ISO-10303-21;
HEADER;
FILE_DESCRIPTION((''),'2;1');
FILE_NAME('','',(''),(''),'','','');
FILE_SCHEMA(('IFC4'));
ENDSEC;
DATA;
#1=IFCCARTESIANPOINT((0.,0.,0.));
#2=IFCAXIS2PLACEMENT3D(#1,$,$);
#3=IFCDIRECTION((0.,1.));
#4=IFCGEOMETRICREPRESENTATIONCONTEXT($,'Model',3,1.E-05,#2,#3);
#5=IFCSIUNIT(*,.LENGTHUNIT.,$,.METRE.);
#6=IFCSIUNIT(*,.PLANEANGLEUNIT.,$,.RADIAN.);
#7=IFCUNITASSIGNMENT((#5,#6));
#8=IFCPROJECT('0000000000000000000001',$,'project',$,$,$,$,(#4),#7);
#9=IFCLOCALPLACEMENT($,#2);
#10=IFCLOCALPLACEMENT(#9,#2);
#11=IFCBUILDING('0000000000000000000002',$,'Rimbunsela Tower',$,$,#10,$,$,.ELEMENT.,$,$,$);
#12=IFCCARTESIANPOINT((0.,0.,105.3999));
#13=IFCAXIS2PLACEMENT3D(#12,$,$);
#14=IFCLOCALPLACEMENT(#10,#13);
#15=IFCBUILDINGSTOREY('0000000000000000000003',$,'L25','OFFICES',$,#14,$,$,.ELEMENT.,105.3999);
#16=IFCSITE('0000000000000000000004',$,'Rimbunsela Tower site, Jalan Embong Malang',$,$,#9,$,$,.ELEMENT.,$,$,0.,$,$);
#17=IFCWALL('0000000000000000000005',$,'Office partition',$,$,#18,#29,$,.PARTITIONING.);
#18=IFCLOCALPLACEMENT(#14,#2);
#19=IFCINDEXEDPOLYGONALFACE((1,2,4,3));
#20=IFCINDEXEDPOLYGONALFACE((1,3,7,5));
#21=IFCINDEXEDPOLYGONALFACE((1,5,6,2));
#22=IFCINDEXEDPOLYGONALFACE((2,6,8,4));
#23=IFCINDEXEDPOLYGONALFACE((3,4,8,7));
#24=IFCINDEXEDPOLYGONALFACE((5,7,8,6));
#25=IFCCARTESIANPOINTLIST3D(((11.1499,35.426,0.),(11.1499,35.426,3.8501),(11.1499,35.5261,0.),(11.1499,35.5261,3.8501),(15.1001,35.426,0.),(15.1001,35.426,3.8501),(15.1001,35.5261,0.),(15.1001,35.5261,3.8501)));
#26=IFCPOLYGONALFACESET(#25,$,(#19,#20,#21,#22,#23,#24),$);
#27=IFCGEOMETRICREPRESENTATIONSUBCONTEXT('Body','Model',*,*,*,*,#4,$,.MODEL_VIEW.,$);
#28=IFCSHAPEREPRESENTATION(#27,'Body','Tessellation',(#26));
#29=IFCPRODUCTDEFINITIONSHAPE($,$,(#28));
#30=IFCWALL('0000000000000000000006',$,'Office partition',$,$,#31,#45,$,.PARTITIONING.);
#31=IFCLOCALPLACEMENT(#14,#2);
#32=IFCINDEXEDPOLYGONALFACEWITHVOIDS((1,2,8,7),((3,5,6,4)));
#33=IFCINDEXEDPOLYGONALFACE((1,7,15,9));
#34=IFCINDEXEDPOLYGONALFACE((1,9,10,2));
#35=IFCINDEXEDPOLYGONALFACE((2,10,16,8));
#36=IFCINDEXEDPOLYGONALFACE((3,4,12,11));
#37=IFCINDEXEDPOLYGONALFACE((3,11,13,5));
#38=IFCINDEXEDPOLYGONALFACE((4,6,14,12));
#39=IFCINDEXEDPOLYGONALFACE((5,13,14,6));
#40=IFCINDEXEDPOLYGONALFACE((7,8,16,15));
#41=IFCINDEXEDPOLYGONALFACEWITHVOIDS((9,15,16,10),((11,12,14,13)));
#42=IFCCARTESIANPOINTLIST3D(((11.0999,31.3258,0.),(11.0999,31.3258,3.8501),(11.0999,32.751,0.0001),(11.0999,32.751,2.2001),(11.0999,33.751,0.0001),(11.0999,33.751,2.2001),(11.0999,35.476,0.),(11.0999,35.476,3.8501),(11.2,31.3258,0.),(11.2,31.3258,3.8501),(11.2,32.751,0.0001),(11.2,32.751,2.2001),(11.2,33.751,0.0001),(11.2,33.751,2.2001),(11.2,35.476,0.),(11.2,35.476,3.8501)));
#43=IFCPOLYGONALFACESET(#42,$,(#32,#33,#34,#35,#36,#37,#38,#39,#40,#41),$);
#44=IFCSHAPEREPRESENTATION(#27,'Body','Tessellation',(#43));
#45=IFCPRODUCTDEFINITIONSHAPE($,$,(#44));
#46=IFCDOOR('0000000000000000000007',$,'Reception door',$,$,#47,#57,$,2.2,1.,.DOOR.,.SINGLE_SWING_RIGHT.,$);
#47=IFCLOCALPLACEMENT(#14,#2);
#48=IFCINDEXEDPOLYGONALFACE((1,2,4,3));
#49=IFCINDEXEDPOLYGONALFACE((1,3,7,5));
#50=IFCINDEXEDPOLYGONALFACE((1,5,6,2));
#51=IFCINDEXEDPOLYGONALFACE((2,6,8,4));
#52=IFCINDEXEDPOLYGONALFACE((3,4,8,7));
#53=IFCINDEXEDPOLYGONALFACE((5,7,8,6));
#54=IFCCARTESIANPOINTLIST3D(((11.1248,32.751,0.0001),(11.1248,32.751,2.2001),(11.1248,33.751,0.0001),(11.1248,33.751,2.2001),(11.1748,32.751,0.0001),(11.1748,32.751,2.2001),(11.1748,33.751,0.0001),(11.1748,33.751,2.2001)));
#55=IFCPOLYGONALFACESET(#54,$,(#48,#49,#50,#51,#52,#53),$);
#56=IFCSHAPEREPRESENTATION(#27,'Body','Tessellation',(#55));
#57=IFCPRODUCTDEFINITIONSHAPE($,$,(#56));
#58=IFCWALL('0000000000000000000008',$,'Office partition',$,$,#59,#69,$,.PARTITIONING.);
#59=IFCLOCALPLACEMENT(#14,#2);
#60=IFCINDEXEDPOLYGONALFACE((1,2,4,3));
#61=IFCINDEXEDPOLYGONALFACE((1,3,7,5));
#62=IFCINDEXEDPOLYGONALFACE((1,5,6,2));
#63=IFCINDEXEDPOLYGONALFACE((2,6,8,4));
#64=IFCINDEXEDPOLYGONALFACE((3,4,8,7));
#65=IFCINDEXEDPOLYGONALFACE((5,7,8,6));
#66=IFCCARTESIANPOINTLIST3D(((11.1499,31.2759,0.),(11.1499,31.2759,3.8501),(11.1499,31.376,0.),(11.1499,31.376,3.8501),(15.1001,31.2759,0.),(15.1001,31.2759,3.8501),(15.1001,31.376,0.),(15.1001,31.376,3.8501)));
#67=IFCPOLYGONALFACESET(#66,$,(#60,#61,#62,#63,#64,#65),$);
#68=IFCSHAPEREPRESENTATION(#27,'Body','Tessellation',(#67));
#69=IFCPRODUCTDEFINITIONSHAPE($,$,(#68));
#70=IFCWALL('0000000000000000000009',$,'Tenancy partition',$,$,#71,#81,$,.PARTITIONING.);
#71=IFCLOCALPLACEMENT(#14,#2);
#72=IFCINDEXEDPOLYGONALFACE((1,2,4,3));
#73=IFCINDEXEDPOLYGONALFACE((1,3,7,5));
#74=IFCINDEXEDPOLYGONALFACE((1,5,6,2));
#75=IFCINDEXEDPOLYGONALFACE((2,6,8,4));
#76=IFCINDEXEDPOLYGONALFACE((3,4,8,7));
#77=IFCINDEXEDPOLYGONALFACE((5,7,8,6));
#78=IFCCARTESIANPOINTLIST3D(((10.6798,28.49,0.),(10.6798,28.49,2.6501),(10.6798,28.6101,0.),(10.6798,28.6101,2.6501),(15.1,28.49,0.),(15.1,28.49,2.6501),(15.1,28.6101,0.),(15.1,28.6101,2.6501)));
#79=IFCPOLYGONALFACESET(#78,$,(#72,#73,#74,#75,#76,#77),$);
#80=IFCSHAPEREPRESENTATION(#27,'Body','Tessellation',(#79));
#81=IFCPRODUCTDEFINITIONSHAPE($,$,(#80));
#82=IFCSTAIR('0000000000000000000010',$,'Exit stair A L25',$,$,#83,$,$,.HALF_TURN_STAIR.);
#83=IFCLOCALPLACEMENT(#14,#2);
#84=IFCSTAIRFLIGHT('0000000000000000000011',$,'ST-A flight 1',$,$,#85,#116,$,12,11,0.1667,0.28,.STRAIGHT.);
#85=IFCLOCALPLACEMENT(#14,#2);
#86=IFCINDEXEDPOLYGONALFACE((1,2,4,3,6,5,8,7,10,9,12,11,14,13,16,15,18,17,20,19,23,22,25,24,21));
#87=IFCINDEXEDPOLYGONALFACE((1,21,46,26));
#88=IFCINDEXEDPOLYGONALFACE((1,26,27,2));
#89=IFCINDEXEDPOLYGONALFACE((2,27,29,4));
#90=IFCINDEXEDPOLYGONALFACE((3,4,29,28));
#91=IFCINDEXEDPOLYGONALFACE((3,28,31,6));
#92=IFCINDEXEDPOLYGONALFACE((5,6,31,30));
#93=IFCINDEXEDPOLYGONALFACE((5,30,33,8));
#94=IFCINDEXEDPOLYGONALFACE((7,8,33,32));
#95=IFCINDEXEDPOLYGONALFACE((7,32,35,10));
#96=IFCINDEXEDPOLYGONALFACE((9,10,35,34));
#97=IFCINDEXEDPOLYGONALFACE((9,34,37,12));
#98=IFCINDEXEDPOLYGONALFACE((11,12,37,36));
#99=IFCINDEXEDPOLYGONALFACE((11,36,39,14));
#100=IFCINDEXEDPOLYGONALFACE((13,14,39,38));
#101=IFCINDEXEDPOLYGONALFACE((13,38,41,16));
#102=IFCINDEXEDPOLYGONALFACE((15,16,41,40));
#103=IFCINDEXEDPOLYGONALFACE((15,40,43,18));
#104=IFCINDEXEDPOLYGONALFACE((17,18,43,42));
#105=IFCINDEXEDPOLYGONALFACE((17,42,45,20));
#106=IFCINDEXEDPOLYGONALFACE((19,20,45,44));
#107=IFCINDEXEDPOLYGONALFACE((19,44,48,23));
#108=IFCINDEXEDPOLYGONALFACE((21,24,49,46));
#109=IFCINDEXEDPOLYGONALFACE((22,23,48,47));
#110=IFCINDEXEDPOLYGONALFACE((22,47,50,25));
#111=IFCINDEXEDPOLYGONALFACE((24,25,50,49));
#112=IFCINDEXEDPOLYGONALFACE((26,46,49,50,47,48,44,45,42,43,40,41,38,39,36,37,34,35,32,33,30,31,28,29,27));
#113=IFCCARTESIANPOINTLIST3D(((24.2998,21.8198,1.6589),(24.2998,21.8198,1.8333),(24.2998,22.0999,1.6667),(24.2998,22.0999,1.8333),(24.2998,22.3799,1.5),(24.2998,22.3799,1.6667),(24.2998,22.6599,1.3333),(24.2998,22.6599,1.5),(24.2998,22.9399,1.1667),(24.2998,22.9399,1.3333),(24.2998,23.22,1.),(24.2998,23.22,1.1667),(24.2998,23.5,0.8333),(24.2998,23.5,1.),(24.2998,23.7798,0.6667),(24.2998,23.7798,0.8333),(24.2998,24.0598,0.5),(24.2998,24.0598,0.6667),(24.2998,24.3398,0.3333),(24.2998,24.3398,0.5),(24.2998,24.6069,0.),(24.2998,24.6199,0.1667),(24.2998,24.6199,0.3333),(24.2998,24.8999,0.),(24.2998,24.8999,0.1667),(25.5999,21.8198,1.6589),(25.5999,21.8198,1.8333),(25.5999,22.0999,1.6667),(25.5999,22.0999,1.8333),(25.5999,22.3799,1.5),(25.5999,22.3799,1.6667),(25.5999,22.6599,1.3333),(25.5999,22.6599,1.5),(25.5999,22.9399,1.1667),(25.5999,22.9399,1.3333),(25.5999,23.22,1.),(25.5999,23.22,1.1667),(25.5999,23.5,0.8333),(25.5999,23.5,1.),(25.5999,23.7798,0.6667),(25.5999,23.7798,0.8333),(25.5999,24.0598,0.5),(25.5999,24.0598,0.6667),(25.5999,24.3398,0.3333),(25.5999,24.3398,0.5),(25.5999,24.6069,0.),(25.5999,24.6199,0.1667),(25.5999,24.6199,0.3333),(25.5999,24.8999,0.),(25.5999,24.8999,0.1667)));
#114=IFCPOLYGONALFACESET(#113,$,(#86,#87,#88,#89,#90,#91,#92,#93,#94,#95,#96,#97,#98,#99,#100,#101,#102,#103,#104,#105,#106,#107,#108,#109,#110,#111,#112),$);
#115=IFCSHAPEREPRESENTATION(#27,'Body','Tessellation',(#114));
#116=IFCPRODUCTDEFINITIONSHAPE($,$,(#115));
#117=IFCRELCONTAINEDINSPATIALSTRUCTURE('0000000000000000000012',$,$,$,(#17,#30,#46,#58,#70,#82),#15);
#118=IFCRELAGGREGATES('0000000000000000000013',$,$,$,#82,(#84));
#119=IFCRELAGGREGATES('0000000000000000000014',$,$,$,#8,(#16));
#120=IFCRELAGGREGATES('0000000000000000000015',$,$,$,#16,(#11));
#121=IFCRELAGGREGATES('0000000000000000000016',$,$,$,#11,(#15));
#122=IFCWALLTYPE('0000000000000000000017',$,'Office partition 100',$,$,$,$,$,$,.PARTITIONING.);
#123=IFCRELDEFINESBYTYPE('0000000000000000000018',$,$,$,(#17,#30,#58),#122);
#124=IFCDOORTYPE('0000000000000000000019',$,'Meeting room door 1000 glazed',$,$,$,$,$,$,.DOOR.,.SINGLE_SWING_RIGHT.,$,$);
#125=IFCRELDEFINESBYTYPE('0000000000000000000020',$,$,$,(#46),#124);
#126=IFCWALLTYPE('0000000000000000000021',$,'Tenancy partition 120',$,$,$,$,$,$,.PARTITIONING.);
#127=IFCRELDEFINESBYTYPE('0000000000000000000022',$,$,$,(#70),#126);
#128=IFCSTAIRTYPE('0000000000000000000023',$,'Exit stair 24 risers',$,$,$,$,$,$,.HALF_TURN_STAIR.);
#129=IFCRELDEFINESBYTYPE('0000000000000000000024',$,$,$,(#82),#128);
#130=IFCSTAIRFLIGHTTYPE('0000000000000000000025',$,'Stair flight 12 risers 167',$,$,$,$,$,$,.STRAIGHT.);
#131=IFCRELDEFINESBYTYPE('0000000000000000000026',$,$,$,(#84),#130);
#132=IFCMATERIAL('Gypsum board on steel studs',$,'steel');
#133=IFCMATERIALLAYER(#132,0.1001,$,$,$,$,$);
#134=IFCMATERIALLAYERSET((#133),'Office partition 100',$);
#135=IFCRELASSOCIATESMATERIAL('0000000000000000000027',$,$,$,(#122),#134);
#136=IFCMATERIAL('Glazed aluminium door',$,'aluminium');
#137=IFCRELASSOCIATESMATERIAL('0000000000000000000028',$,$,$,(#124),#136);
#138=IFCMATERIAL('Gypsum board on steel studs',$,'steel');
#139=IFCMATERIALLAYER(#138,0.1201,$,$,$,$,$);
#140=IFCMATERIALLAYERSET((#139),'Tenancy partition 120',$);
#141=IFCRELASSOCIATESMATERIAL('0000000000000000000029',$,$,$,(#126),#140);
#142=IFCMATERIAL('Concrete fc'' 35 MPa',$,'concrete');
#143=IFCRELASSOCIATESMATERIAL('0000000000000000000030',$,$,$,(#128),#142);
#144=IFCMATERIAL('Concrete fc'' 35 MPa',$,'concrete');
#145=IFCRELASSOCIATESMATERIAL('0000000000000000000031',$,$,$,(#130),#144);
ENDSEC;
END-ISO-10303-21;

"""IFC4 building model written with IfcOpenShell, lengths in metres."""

from ifc_helpers import new_model, si_unit, direction, frame, frame_2d, origin, place, context, subcontext, project, spatial, polyline, rectangle, outline, extrude, material, layer, layer_set, type_object, element, fill, aggregate, save


model = new_model("IFC4")

# Units and contexts
model_context = context("Model", 3, precision=1e-05, world=origin(), true_north=direction((0.0, 1.0)))
body_context = subcontext(model_context, "Body", "Model", "MODEL_VIEW")
ifc_project = project(units=[si_unit("LENGTHUNIT", "METRE"), si_unit("PLANEANGLEUNIT", "RADIAN")], contexts=[model_context])

# Site, building, storey
site_placement = place(None, origin())
site = spatial("IfcSite", under=ifc_project, at=site_placement, Name="Rimbunsela Tower site, Jalan Embong Malang", CompositionType="ELEMENT", RefElevation=0.0)
building_placement = place(site_placement, origin())
building = spatial("IfcBuilding", under=site, at=building_placement, Name="Rimbunsela Tower", CompositionType="ELEMENT")
storey_placement = place(building_placement, frame((0.0, 0.0, 105.3999)))
storey = spatial("IfcBuildingStorey", under=building, at=storey_placement, Name="L25", Description="OFFICES", CompositionType="ELEMENT", Elevation=105.3999)

# Wall
ifc_material_1 = material(Name="Gypsum board on steel studs", Category="steel")
ifc_layer_1 = layer(ifc_material_1, 0.1001)
ifc_layer_set_1 = layer_set([ifc_layer_1], Name="Office partition 100")
wall_type_1 = type_object("IfcWallType", Name="Office partition 100", PredefinedType="PARTITIONING", material=ifc_layer_set_1)
wall_1_placement = place(storey_placement, frame((15.1001, 35.4761, 0.0), z_axis=(0.0, 0.0, 1.0), x_axis=(-1.0, 0.0, 0.0)))
element("IfcWall", 1, at=wall_1_placement, inside=storey, type_object=wall_type_1, Name="Office partition", PredefinedType="PARTITIONING", context=body_context, shape_type="SweptSolid", body=[
    extrude(rectangle(XDim=3.9502, YDim=0.1001, at=frame_2d((1.9751, 0.0))), origin(), (0.0, 0.0, 1.0), 3.8501),
])

# Wall, opening, door
wall_2_placement = place(storey_placement, frame((11.1499, 35.4761, 0.0), z_axis=(0.0, 0.0, 1.0), x_axis=(0.0, -1.0, 0.0)))
wall_2 = element("IfcWall", 2, at=wall_2_placement, inside=storey, type_object=wall_type_1, Name="Office partition", PredefinedType="PARTITIONING", context=body_context, shape_type="SweptSolid", body=[
    extrude(rectangle(XDim=4.1501, YDim=0.1001, at=frame_2d((2.0752, 0.0))), origin(), (0.0, 0.0, 1.0), 3.8501),
])
opening_1_placement = place(wall_2_placement, frame((1.7251, 0.0, 0.0)))
opening_1 = element("IfcOpeningElement", 3, at=opening_1_placement, cuts=wall_2, PredefinedType="OPENING", context=body_context, shape_type="SweptSolid", body=[
    extrude(rectangle(XDim=1.0, YDim=2.2, at=frame_2d((0.5, 1.1001))), frame((0.0, 0.0601, 0.0), z_axis=(0.0, -1.0, 0.0), x_axis=(1.0, 0.0, 0.0)), (0.0, 0.0, 1.0), 0.1201),
])
ifc_material_2 = material(Name="Glazed aluminium door", Category="aluminium")
door_type_1 = type_object("IfcDoorType", Name="Meeting room door 1000 glazed", OperationType="SINGLE_SWING_RIGHT", PredefinedType="DOOR", material=ifc_material_2)
door_1_placement = place(opening_1_placement, origin())
door_1 = element("IfcDoor", 4, at=door_1_placement, inside=storey, type_object=door_type_1, Name="Reception door", OperationType="SINGLE_SWING_RIGHT", OverallHeight=2.2, OverallWidth=1.0, PredefinedType="DOOR", context=body_context, shape_type="SweptSolid", body=[
    extrude(rectangle(XDim=1.0, YDim=2.2, at=frame_2d((0.5, 1.1001))), frame((0.0, 0.0249, 0.0), z_axis=(0.0, -1.0, 0.0), x_axis=(1.0, 0.0, 0.0)), (0.0, 0.0, 1.0), 0.05),
])
fill(opening_1, door_1)

# Walls
wall_3_placement = place(storey_placement, frame((11.1499, 31.3259, 0.0), z_axis=(0.0, 0.0, 1.0), x_axis=(1.0, 0.0, 0.0)))
element("IfcWall", 5, at=wall_3_placement, inside=storey, type_object=wall_type_1, Name="Office partition", PredefinedType="PARTITIONING", context=body_context, shape_type="SweptSolid", body=[
    extrude(rectangle(XDim=3.9502, YDim=0.1001, at=frame_2d((1.9751, 0.0))), origin(), (0.0, 0.0, 1.0), 3.8501),
])
ifc_material_3 = material(Name="Gypsum board on steel studs", Category="steel")
ifc_layer_2 = layer(ifc_material_3, 0.1201)
ifc_layer_set_2 = layer_set([ifc_layer_2], Name="Tenancy partition 120")
wall_type_2 = type_object("IfcWallType", Name="Tenancy partition 120", PredefinedType="PARTITIONING", material=ifc_layer_set_2)
wall_4_placement = place(storey_placement, frame((10.6799, 28.55, 0.0), z_axis=(0.0, 0.0, 1.0), x_axis=(1.0, 0.0, 0.0)))
element("IfcWall", 6, at=wall_4_placement, inside=storey, type_object=wall_type_2, Name="Tenancy partition", PredefinedType="PARTITIONING", context=body_context, shape_type="SweptSolid", body=[
    extrude(rectangle(XDim=4.4202, YDim=0.1201, at=frame_2d((2.21, 0.0))), origin(), (0.0, 0.0, 1.0), 2.6501),
])

# Stair, stair flight
ifc_material_4 = material(Name="Concrete fc' 35 MPa", Category="concrete")
stair_type = type_object("IfcStairType", Name="Exit stair 24 risers", PredefinedType="HALF_TURN_STAIR", material=ifc_material_4)
stair_placement = place(storey_placement, origin())
stair = element("IfcStair", 7, at=stair_placement, inside=storey, type_object=stair_type, Name="Exit stair A L25", PredefinedType="HALF_TURN_STAIR")
ifc_material_5 = material(Name="Concrete fc' 35 MPa", Category="concrete")
stair_flight_type = type_object("IfcStairFlightType", Name="Stair flight 12 risers 167", PredefinedType="STRAIGHT", material=ifc_material_5)
stair_flight_placement = place(storey_placement, frame((24.95, 24.8999, 0.0), z_axis=(0.0, 0.0, 1.0), x_axis=(0.0, -1.0, 0.0)))
stair_flight = element("IfcStairFlight", 8, at=stair_flight_placement, type_object=stair_flight_type, Name="ST-A flight 1", NumberOfRisers=12, NumberOfTreads=11, PredefinedType="STRAIGHT", RiserHeight=0.1667, TreadLength=0.28, context=body_context, shape_type="SweptSolid", body=[
    extrude(outline(polyline([(0.0, 0.0), (0.0, 0.1667), (0.28, 0.1667), (0.28, 0.3333), (0.5601, 0.3333), (0.5601, 0.5), (0.8401, 0.5), (0.8401, 0.6667), (1.1201, 0.6667), (1.1201, 0.8333), (1.3999, 0.8333), (1.3999, 1.0), (1.6799, 1.0), (1.6799, 1.1667), (1.96, 1.1667), (1.96, 1.3333), (2.24, 1.3333), (2.24, 1.5), (2.52, 1.5), (2.52, 1.6667), (2.8, 1.6667), (2.8, 1.8333), (3.0801, 1.8333), (3.0801, 2.0), (3.0801, 1.6589), (0.293, 0.0), (0.0, 0.0)])), frame((0.0, 0.6499, 0.0), z_axis=(0.0, -1.0, 0.0), x_axis=(1.0, 0.0, 0.0)), (0.0, 0.0, 1.0), 1.3),
])
aggregate(stair, [stair_flight])

save(model, "model.ifc")
